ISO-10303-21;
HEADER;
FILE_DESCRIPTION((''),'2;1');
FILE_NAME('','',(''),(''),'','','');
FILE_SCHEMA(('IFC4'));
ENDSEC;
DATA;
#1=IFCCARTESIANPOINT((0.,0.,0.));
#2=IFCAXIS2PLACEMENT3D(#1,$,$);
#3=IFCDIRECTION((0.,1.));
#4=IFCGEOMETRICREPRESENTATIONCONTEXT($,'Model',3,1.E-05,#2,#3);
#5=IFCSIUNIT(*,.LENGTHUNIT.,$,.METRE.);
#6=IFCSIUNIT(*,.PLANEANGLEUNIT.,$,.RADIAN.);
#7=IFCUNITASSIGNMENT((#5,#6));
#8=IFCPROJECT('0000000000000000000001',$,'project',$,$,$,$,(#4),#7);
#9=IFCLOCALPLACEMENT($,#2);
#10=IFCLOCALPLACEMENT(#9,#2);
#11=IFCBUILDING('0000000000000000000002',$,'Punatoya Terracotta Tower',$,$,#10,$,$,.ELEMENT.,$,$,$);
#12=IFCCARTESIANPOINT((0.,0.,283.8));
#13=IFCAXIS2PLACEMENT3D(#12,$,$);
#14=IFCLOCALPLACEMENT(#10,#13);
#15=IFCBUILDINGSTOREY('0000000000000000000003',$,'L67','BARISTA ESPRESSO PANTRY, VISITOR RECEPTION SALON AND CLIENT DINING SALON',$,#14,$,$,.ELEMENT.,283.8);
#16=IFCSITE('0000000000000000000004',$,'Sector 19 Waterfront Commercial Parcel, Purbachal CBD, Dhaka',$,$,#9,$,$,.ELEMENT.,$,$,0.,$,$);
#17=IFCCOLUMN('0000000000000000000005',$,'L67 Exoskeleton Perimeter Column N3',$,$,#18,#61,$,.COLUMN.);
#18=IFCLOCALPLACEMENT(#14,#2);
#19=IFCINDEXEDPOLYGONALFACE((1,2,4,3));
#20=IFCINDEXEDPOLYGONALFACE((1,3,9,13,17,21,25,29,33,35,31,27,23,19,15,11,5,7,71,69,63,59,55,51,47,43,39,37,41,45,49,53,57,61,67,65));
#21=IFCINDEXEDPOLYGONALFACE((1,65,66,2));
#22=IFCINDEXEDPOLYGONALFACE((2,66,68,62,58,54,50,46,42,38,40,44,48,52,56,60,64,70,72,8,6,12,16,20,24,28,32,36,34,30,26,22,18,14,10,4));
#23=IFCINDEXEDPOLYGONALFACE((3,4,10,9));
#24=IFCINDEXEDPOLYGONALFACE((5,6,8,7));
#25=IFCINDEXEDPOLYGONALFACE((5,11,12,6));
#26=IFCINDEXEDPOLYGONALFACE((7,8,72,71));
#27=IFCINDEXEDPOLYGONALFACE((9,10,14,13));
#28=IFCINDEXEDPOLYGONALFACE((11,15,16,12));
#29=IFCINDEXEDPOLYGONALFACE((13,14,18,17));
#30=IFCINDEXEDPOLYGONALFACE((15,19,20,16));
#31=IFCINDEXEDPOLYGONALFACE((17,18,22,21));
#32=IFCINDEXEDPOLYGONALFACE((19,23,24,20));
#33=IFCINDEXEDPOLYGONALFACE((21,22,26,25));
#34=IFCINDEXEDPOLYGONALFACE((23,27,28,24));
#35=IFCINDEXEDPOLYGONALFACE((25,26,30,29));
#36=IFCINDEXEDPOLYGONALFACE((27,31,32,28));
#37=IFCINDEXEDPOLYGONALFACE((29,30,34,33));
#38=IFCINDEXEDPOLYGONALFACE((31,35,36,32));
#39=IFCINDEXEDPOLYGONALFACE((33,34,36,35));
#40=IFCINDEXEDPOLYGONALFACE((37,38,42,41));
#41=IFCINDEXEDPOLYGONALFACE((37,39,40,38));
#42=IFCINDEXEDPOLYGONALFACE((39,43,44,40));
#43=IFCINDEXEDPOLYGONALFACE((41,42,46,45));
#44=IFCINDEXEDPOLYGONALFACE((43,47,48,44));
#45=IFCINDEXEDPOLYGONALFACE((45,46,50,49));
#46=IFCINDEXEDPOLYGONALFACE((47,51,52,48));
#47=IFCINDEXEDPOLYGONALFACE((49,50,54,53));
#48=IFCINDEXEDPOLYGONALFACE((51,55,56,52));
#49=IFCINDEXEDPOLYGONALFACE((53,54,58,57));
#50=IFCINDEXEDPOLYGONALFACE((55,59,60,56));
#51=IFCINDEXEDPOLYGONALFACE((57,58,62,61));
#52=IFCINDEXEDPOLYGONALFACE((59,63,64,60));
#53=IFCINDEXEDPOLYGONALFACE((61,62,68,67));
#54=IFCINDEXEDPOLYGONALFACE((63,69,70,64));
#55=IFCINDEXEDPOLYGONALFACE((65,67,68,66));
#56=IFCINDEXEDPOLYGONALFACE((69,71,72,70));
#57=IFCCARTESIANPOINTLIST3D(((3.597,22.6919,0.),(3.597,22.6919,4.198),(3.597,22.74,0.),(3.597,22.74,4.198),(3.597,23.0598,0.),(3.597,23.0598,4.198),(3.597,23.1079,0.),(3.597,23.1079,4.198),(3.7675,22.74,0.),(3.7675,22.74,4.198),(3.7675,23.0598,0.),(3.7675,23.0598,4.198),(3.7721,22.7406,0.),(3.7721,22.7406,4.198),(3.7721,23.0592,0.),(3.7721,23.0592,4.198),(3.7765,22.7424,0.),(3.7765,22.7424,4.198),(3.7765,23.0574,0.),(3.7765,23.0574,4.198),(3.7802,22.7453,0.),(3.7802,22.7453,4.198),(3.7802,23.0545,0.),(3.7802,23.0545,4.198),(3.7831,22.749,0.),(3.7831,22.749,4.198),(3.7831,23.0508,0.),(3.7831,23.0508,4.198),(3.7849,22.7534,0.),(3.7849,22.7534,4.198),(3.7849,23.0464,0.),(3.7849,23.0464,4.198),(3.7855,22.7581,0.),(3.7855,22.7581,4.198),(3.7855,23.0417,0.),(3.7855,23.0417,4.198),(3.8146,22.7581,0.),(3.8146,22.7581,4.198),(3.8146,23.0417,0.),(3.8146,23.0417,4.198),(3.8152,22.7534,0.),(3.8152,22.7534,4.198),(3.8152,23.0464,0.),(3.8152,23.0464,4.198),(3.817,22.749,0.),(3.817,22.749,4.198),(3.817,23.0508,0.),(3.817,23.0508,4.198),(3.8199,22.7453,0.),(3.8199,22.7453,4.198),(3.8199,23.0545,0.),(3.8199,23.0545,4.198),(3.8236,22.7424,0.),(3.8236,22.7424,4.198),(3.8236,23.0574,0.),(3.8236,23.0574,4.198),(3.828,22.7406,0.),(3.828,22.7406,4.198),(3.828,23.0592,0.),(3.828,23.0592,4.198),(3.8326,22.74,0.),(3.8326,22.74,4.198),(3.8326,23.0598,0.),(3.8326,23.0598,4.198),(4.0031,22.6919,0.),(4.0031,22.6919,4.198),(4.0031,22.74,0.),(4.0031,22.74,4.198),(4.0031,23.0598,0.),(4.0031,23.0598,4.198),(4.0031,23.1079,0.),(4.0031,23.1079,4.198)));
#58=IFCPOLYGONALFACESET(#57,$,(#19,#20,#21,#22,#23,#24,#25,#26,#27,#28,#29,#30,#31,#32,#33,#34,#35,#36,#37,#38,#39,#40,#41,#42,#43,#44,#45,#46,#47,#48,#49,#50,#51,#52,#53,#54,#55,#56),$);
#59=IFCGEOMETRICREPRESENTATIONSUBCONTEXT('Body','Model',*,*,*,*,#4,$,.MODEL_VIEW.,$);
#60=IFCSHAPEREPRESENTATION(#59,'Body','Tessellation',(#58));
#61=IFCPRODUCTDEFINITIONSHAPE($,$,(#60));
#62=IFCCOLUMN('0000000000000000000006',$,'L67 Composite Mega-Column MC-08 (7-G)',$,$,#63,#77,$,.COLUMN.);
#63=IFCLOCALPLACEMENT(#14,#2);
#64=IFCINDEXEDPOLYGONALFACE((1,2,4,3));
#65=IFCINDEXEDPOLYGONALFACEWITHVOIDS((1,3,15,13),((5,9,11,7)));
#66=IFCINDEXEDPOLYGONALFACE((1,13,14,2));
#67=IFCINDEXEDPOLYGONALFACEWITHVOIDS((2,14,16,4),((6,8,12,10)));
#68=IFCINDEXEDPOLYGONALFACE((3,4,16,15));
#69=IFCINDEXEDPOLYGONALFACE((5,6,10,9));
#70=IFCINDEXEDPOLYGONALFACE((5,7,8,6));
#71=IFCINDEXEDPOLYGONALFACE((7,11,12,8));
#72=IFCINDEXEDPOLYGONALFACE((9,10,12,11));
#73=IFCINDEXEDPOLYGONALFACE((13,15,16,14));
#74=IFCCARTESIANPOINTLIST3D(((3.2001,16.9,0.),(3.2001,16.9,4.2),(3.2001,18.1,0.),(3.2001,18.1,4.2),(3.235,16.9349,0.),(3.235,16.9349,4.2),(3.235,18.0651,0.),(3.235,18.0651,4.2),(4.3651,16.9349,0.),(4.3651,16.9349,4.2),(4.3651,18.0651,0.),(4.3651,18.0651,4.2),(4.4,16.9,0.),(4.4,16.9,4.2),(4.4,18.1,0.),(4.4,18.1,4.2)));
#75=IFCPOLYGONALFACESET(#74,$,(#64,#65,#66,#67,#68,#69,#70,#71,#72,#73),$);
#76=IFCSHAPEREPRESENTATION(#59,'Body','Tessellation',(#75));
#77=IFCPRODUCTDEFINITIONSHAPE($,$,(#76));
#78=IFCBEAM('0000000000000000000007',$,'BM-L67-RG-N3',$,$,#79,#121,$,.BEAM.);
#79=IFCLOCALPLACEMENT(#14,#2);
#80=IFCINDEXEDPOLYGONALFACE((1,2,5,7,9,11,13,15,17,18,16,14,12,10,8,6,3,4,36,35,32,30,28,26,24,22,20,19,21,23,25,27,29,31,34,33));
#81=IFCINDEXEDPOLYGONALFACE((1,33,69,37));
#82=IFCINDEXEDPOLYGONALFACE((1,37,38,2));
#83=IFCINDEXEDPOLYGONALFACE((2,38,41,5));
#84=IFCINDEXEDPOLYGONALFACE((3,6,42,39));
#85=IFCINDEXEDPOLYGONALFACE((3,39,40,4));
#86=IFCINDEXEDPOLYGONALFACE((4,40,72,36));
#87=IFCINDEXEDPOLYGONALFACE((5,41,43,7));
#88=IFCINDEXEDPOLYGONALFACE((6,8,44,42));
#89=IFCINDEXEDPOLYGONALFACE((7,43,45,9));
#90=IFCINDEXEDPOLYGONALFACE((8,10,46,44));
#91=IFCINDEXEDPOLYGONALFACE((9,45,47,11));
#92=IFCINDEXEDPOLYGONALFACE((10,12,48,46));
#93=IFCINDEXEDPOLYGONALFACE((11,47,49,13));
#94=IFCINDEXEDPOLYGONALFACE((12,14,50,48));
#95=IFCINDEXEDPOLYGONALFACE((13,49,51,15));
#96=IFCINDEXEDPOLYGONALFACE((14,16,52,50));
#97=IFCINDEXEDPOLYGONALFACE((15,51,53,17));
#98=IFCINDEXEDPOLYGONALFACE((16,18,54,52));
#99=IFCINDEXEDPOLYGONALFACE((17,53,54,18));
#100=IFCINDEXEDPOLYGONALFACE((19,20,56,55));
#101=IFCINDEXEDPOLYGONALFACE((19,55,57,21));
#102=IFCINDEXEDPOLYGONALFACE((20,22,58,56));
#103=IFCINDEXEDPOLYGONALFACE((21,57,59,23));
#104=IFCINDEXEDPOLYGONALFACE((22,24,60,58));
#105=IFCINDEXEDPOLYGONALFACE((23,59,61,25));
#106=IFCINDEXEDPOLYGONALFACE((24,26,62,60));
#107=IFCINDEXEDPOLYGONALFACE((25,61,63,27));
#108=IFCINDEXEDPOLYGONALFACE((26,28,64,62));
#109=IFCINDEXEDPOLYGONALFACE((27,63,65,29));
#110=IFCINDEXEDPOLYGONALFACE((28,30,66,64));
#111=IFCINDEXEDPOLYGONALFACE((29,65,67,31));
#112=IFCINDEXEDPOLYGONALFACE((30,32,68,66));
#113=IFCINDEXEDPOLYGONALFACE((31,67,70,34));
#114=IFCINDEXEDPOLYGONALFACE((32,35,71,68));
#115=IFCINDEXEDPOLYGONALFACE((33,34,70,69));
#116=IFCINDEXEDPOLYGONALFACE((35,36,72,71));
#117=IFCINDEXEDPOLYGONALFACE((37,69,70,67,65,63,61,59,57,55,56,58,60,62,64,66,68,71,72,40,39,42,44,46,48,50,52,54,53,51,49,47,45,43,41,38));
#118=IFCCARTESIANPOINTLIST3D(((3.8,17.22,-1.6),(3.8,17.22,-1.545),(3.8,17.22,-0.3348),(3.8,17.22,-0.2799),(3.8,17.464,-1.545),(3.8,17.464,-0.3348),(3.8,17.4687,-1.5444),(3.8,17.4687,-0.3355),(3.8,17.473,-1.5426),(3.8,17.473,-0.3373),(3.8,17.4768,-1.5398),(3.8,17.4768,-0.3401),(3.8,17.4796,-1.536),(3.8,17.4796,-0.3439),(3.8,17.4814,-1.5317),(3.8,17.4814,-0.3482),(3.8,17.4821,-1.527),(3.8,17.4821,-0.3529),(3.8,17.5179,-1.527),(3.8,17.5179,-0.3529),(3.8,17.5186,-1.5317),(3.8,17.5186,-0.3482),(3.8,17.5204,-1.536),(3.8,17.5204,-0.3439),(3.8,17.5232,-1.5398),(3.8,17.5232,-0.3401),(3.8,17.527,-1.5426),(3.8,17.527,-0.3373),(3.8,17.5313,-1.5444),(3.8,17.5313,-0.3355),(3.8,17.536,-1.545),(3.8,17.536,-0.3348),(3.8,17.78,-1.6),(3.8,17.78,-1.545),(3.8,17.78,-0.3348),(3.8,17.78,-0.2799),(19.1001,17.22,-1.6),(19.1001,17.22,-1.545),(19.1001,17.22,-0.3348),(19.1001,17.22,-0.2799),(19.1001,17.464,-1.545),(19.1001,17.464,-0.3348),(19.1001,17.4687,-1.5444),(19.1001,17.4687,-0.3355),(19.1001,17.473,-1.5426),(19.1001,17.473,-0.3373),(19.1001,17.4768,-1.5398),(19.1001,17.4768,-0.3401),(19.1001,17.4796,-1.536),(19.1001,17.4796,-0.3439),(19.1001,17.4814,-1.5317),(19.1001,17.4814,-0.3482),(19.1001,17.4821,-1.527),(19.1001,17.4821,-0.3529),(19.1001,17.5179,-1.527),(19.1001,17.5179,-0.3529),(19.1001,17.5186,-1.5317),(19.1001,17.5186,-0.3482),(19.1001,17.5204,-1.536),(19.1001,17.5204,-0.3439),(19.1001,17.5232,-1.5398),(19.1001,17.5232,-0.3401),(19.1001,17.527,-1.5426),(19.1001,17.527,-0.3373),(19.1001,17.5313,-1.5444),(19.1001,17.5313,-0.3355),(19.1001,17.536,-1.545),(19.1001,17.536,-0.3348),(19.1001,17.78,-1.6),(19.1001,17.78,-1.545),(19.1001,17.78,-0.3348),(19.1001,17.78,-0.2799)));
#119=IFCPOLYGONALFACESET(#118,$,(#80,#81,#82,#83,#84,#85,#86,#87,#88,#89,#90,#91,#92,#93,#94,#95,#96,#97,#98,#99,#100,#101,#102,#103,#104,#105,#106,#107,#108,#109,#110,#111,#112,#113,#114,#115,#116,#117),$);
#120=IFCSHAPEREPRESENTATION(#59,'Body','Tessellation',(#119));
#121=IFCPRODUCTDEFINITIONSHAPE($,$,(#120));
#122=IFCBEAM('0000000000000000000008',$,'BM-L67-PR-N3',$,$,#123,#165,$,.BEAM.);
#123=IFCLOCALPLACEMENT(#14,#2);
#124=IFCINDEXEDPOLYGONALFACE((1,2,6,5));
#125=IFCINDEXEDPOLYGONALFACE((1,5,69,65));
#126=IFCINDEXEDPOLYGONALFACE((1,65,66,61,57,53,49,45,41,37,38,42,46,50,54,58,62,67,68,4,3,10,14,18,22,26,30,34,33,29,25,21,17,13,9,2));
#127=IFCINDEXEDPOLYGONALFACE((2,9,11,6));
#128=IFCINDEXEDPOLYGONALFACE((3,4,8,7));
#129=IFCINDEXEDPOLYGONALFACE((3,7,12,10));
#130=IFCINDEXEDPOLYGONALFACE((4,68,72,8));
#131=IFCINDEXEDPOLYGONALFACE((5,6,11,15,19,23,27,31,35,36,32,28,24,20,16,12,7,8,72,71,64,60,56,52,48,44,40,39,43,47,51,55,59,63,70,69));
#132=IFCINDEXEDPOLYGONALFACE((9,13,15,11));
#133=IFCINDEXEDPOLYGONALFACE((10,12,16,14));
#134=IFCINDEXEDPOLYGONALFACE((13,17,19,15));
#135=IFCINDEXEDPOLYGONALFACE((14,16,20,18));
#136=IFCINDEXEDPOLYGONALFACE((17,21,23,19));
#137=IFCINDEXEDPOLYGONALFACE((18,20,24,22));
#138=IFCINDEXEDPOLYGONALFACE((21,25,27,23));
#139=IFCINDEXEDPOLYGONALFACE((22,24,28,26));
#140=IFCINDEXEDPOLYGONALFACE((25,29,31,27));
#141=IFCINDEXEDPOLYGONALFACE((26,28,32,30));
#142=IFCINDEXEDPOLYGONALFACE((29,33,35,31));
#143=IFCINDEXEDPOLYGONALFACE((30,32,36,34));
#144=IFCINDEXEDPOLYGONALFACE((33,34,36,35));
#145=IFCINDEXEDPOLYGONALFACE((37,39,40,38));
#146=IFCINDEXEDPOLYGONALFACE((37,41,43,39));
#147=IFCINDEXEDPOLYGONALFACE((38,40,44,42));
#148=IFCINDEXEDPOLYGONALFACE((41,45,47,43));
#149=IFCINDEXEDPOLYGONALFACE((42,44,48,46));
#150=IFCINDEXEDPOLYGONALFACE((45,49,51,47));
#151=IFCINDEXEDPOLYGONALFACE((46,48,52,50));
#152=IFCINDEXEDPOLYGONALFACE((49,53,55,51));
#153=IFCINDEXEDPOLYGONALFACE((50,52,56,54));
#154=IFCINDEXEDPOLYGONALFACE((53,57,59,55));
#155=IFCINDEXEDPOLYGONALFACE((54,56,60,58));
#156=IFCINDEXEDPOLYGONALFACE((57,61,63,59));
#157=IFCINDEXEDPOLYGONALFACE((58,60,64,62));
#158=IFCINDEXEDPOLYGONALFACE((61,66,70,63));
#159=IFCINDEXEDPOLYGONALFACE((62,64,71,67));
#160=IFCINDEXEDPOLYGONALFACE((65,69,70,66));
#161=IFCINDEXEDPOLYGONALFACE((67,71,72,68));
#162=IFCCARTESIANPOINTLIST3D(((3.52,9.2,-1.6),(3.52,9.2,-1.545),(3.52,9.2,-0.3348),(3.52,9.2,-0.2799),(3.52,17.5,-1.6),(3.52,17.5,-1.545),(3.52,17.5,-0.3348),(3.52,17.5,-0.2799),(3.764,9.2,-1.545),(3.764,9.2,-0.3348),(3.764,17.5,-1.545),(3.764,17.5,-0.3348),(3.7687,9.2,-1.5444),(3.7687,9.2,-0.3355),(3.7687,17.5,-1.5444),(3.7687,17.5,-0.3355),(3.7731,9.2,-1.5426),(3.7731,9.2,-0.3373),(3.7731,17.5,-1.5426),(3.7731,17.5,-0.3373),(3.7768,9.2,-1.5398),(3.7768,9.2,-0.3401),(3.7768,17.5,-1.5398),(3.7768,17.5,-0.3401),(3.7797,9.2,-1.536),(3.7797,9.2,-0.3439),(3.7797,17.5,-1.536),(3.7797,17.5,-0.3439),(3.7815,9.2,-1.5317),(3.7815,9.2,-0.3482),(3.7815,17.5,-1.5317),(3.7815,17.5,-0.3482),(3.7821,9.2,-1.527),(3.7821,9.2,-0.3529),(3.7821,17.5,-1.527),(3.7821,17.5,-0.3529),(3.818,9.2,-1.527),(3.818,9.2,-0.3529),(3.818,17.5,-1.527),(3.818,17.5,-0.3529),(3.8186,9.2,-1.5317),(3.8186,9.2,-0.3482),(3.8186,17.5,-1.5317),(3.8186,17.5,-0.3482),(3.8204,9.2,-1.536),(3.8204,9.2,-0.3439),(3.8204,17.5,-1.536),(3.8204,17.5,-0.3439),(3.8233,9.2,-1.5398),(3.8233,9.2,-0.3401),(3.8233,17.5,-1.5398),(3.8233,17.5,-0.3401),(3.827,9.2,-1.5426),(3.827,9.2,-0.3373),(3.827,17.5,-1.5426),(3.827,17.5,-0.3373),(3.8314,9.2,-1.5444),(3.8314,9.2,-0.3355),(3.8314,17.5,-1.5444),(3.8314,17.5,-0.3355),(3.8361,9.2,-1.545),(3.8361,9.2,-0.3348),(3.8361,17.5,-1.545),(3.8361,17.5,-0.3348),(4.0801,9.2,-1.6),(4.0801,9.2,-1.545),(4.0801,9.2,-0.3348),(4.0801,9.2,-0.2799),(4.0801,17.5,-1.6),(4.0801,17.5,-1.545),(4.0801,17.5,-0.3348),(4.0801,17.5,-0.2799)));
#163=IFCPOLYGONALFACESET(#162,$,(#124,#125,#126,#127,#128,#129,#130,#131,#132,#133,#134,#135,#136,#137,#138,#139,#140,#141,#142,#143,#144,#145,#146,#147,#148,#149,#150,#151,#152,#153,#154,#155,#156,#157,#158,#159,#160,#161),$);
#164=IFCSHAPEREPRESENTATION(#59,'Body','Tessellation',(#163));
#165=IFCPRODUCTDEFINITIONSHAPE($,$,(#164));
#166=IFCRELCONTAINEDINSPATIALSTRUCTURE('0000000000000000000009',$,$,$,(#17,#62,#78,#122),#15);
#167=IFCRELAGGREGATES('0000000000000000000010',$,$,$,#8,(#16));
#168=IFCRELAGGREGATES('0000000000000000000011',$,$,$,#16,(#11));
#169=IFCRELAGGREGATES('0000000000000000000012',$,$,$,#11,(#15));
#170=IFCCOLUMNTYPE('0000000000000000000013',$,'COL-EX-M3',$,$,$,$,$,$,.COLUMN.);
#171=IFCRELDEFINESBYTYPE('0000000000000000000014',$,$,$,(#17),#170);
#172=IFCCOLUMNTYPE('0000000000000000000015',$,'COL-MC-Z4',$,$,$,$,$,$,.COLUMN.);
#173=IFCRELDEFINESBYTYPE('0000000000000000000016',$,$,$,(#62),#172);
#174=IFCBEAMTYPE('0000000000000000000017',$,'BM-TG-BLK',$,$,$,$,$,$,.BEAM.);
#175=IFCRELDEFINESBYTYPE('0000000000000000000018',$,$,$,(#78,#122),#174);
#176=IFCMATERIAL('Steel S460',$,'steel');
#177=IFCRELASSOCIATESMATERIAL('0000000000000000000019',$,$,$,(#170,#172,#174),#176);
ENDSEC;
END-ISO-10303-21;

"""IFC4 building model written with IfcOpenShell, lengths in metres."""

from ifc_helpers import new_model, si_unit, direction, frame, origin, origin_2d, place, context, subcontext, project, spatial, hollow_rectangle, i_section, extrude, material, material_profile, profile_set, type_object, element, save


model = new_model("IFC4")

# Units and contexts
model_context = context("Model", 3, precision=1e-05, world=origin(), true_north=direction((0.0, 1.0)))
body_context = subcontext(model_context, "Body", "Model", "MODEL_VIEW")
ifc_project = project(units=[si_unit("LENGTHUNIT", "METRE"), si_unit("PLANEANGLEUNIT", "RADIAN")], contexts=[model_context])

# Site, building, storey
site_placement = place(None, origin())
site = spatial("IfcSite", under=ifc_project, at=site_placement, Name="Sector 19 Waterfront Commercial Parcel, Purbachal CBD, Dhaka", CompositionType="ELEMENT", RefElevation=0.0)
building_placement = place(site_placement, origin())
building = spatial("IfcBuilding", under=site, at=building_placement, Name="Punatoya Terracotta Tower", CompositionType="ELEMENT")
storey_placement = place(building_placement, frame((0.0, 0.0, 283.8)))
storey = spatial("IfcBuildingStorey", under=building, at=storey_placement, Name="L67", Description="BARISTA ESPRESSO PANTRY, VISITOR RECEPTION SALON AND CLIENT DINING SALON", CompositionType="ELEMENT", Elevation=283.8)

# Columns
ifc_material_1 = material(Name="Steel S460", Category="steel")
ifc_material_profile_1 = material_profile(ifc_material_1, i_section(OverallWidth=0.406, OverallDepth=0.416, WebThickness=0.0291, FlangeThickness=0.0481, FilletRadius=0.0181, at=origin_2d()))
ifc_profile_set_1 = profile_set([ifc_material_profile_1], Name="Steel S460")
column_type_1 = type_object("IfcColumnType", Name="COL-EX-M3", PredefinedType="COLUMN", material=ifc_profile_set_1)
column_1_placement = place(storey_placement, frame((3.8, 22.8999, 0.0), z_axis=(0.0, 0.0, 1.0), x_axis=(1.0, 0.0, 0.0)))
element("IfcColumn", 1, at=column_1_placement, inside=storey, type_object=column_type_1, Name="L67 Exoskeleton Perimeter Column N3", PredefinedType="COLUMN", context=body_context, shape_type="SweptSolid", body=[
    extrude(i_section(OverallWidth=0.406, OverallDepth=0.416, WebThickness=0.0291, FlangeThickness=0.0481, FilletRadius=0.0181, at=origin_2d()), origin(), (0.0, 0.0, 1.0), 4.198),
])
ifc_material_profile_2 = material_profile(ifc_material_1, hollow_rectangle(XDim=1.2, YDim=1.2, WallThickness=0.0349, at=origin_2d()))
ifc_profile_set_2 = profile_set([ifc_material_profile_2], Name="Steel S460")
column_type_2 = type_object("IfcColumnType", Name="COL-MC-Z4", PredefinedType="COLUMN", material=ifc_profile_set_2)
column_2_placement = place(storey_placement, frame((3.8, 17.5, 0.0), z_axis=(0.0, 0.0, 1.0), x_axis=(1.0, 0.0, 0.0)))
element("IfcColumn", 2, at=column_2_placement, inside=storey, type_object=column_type_2, Name="L67 Composite Mega-Column MC-08 (7-G)", PredefinedType="COLUMN", context=body_context, shape_type="SweptSolid", body=[
    extrude(hollow_rectangle(XDim=1.2, YDim=1.2, WallThickness=0.0349, at=origin_2d()), origin(), (0.0, 0.0, 1.0), 4.2),
])

# Beams
ifc_material_profile_3 = material_profile(ifc_material_1, i_section(OverallWidth=0.5601, OverallDepth=1.3201, WebThickness=0.0359, FlangeThickness=0.0549, FilletRadius=0.0181, at=origin_2d()))
ifc_profile_set_3 = profile_set([ifc_material_profile_3], Name="Steel S460")
beam_type = type_object("IfcBeamType", Name="BM-TG-BLK", PredefinedType="BEAM", material=ifc_profile_set_3)
beam_1_placement = place(storey_placement, frame((3.8, 17.5, -0.9399), z_axis=(1.0, 0.0, 0.0), x_axis=(0.0, 1.0, 0.0)))
element("IfcBeam", 3, at=beam_1_placement, inside=storey, type_object=beam_type, Name="BM-L67-RG-N3", PredefinedType="BEAM", context=body_context, shape_type="SweptSolid", body=[
    extrude(i_section(OverallWidth=0.5601, OverallDepth=1.3201, WebThickness=0.0359, FlangeThickness=0.0549, FilletRadius=0.0181, at=origin_2d()), origin(), (0.0, 0.0, 1.0), 15.3),
])
beam_2_placement = place(storey_placement, frame((3.8, 9.2, -0.9399), z_axis=(0.0, 1.0, 0.0), x_axis=(-1.0, 0.0, 0.0)))
element("IfcBeam", 4, at=beam_2_placement, inside=storey, type_object=beam_type, Name="BM-L67-PR-N3", PredefinedType="BEAM", context=body_context, shape_type="SweptSolid", body=[
    extrude(i_section(OverallWidth=0.5601, OverallDepth=1.3201, WebThickness=0.0359, FlangeThickness=0.0549, FilletRadius=0.0181, at=origin_2d()), origin(), (0.0, 0.0, 1.0), 8.3),
])

save(model, "model.ifc")
